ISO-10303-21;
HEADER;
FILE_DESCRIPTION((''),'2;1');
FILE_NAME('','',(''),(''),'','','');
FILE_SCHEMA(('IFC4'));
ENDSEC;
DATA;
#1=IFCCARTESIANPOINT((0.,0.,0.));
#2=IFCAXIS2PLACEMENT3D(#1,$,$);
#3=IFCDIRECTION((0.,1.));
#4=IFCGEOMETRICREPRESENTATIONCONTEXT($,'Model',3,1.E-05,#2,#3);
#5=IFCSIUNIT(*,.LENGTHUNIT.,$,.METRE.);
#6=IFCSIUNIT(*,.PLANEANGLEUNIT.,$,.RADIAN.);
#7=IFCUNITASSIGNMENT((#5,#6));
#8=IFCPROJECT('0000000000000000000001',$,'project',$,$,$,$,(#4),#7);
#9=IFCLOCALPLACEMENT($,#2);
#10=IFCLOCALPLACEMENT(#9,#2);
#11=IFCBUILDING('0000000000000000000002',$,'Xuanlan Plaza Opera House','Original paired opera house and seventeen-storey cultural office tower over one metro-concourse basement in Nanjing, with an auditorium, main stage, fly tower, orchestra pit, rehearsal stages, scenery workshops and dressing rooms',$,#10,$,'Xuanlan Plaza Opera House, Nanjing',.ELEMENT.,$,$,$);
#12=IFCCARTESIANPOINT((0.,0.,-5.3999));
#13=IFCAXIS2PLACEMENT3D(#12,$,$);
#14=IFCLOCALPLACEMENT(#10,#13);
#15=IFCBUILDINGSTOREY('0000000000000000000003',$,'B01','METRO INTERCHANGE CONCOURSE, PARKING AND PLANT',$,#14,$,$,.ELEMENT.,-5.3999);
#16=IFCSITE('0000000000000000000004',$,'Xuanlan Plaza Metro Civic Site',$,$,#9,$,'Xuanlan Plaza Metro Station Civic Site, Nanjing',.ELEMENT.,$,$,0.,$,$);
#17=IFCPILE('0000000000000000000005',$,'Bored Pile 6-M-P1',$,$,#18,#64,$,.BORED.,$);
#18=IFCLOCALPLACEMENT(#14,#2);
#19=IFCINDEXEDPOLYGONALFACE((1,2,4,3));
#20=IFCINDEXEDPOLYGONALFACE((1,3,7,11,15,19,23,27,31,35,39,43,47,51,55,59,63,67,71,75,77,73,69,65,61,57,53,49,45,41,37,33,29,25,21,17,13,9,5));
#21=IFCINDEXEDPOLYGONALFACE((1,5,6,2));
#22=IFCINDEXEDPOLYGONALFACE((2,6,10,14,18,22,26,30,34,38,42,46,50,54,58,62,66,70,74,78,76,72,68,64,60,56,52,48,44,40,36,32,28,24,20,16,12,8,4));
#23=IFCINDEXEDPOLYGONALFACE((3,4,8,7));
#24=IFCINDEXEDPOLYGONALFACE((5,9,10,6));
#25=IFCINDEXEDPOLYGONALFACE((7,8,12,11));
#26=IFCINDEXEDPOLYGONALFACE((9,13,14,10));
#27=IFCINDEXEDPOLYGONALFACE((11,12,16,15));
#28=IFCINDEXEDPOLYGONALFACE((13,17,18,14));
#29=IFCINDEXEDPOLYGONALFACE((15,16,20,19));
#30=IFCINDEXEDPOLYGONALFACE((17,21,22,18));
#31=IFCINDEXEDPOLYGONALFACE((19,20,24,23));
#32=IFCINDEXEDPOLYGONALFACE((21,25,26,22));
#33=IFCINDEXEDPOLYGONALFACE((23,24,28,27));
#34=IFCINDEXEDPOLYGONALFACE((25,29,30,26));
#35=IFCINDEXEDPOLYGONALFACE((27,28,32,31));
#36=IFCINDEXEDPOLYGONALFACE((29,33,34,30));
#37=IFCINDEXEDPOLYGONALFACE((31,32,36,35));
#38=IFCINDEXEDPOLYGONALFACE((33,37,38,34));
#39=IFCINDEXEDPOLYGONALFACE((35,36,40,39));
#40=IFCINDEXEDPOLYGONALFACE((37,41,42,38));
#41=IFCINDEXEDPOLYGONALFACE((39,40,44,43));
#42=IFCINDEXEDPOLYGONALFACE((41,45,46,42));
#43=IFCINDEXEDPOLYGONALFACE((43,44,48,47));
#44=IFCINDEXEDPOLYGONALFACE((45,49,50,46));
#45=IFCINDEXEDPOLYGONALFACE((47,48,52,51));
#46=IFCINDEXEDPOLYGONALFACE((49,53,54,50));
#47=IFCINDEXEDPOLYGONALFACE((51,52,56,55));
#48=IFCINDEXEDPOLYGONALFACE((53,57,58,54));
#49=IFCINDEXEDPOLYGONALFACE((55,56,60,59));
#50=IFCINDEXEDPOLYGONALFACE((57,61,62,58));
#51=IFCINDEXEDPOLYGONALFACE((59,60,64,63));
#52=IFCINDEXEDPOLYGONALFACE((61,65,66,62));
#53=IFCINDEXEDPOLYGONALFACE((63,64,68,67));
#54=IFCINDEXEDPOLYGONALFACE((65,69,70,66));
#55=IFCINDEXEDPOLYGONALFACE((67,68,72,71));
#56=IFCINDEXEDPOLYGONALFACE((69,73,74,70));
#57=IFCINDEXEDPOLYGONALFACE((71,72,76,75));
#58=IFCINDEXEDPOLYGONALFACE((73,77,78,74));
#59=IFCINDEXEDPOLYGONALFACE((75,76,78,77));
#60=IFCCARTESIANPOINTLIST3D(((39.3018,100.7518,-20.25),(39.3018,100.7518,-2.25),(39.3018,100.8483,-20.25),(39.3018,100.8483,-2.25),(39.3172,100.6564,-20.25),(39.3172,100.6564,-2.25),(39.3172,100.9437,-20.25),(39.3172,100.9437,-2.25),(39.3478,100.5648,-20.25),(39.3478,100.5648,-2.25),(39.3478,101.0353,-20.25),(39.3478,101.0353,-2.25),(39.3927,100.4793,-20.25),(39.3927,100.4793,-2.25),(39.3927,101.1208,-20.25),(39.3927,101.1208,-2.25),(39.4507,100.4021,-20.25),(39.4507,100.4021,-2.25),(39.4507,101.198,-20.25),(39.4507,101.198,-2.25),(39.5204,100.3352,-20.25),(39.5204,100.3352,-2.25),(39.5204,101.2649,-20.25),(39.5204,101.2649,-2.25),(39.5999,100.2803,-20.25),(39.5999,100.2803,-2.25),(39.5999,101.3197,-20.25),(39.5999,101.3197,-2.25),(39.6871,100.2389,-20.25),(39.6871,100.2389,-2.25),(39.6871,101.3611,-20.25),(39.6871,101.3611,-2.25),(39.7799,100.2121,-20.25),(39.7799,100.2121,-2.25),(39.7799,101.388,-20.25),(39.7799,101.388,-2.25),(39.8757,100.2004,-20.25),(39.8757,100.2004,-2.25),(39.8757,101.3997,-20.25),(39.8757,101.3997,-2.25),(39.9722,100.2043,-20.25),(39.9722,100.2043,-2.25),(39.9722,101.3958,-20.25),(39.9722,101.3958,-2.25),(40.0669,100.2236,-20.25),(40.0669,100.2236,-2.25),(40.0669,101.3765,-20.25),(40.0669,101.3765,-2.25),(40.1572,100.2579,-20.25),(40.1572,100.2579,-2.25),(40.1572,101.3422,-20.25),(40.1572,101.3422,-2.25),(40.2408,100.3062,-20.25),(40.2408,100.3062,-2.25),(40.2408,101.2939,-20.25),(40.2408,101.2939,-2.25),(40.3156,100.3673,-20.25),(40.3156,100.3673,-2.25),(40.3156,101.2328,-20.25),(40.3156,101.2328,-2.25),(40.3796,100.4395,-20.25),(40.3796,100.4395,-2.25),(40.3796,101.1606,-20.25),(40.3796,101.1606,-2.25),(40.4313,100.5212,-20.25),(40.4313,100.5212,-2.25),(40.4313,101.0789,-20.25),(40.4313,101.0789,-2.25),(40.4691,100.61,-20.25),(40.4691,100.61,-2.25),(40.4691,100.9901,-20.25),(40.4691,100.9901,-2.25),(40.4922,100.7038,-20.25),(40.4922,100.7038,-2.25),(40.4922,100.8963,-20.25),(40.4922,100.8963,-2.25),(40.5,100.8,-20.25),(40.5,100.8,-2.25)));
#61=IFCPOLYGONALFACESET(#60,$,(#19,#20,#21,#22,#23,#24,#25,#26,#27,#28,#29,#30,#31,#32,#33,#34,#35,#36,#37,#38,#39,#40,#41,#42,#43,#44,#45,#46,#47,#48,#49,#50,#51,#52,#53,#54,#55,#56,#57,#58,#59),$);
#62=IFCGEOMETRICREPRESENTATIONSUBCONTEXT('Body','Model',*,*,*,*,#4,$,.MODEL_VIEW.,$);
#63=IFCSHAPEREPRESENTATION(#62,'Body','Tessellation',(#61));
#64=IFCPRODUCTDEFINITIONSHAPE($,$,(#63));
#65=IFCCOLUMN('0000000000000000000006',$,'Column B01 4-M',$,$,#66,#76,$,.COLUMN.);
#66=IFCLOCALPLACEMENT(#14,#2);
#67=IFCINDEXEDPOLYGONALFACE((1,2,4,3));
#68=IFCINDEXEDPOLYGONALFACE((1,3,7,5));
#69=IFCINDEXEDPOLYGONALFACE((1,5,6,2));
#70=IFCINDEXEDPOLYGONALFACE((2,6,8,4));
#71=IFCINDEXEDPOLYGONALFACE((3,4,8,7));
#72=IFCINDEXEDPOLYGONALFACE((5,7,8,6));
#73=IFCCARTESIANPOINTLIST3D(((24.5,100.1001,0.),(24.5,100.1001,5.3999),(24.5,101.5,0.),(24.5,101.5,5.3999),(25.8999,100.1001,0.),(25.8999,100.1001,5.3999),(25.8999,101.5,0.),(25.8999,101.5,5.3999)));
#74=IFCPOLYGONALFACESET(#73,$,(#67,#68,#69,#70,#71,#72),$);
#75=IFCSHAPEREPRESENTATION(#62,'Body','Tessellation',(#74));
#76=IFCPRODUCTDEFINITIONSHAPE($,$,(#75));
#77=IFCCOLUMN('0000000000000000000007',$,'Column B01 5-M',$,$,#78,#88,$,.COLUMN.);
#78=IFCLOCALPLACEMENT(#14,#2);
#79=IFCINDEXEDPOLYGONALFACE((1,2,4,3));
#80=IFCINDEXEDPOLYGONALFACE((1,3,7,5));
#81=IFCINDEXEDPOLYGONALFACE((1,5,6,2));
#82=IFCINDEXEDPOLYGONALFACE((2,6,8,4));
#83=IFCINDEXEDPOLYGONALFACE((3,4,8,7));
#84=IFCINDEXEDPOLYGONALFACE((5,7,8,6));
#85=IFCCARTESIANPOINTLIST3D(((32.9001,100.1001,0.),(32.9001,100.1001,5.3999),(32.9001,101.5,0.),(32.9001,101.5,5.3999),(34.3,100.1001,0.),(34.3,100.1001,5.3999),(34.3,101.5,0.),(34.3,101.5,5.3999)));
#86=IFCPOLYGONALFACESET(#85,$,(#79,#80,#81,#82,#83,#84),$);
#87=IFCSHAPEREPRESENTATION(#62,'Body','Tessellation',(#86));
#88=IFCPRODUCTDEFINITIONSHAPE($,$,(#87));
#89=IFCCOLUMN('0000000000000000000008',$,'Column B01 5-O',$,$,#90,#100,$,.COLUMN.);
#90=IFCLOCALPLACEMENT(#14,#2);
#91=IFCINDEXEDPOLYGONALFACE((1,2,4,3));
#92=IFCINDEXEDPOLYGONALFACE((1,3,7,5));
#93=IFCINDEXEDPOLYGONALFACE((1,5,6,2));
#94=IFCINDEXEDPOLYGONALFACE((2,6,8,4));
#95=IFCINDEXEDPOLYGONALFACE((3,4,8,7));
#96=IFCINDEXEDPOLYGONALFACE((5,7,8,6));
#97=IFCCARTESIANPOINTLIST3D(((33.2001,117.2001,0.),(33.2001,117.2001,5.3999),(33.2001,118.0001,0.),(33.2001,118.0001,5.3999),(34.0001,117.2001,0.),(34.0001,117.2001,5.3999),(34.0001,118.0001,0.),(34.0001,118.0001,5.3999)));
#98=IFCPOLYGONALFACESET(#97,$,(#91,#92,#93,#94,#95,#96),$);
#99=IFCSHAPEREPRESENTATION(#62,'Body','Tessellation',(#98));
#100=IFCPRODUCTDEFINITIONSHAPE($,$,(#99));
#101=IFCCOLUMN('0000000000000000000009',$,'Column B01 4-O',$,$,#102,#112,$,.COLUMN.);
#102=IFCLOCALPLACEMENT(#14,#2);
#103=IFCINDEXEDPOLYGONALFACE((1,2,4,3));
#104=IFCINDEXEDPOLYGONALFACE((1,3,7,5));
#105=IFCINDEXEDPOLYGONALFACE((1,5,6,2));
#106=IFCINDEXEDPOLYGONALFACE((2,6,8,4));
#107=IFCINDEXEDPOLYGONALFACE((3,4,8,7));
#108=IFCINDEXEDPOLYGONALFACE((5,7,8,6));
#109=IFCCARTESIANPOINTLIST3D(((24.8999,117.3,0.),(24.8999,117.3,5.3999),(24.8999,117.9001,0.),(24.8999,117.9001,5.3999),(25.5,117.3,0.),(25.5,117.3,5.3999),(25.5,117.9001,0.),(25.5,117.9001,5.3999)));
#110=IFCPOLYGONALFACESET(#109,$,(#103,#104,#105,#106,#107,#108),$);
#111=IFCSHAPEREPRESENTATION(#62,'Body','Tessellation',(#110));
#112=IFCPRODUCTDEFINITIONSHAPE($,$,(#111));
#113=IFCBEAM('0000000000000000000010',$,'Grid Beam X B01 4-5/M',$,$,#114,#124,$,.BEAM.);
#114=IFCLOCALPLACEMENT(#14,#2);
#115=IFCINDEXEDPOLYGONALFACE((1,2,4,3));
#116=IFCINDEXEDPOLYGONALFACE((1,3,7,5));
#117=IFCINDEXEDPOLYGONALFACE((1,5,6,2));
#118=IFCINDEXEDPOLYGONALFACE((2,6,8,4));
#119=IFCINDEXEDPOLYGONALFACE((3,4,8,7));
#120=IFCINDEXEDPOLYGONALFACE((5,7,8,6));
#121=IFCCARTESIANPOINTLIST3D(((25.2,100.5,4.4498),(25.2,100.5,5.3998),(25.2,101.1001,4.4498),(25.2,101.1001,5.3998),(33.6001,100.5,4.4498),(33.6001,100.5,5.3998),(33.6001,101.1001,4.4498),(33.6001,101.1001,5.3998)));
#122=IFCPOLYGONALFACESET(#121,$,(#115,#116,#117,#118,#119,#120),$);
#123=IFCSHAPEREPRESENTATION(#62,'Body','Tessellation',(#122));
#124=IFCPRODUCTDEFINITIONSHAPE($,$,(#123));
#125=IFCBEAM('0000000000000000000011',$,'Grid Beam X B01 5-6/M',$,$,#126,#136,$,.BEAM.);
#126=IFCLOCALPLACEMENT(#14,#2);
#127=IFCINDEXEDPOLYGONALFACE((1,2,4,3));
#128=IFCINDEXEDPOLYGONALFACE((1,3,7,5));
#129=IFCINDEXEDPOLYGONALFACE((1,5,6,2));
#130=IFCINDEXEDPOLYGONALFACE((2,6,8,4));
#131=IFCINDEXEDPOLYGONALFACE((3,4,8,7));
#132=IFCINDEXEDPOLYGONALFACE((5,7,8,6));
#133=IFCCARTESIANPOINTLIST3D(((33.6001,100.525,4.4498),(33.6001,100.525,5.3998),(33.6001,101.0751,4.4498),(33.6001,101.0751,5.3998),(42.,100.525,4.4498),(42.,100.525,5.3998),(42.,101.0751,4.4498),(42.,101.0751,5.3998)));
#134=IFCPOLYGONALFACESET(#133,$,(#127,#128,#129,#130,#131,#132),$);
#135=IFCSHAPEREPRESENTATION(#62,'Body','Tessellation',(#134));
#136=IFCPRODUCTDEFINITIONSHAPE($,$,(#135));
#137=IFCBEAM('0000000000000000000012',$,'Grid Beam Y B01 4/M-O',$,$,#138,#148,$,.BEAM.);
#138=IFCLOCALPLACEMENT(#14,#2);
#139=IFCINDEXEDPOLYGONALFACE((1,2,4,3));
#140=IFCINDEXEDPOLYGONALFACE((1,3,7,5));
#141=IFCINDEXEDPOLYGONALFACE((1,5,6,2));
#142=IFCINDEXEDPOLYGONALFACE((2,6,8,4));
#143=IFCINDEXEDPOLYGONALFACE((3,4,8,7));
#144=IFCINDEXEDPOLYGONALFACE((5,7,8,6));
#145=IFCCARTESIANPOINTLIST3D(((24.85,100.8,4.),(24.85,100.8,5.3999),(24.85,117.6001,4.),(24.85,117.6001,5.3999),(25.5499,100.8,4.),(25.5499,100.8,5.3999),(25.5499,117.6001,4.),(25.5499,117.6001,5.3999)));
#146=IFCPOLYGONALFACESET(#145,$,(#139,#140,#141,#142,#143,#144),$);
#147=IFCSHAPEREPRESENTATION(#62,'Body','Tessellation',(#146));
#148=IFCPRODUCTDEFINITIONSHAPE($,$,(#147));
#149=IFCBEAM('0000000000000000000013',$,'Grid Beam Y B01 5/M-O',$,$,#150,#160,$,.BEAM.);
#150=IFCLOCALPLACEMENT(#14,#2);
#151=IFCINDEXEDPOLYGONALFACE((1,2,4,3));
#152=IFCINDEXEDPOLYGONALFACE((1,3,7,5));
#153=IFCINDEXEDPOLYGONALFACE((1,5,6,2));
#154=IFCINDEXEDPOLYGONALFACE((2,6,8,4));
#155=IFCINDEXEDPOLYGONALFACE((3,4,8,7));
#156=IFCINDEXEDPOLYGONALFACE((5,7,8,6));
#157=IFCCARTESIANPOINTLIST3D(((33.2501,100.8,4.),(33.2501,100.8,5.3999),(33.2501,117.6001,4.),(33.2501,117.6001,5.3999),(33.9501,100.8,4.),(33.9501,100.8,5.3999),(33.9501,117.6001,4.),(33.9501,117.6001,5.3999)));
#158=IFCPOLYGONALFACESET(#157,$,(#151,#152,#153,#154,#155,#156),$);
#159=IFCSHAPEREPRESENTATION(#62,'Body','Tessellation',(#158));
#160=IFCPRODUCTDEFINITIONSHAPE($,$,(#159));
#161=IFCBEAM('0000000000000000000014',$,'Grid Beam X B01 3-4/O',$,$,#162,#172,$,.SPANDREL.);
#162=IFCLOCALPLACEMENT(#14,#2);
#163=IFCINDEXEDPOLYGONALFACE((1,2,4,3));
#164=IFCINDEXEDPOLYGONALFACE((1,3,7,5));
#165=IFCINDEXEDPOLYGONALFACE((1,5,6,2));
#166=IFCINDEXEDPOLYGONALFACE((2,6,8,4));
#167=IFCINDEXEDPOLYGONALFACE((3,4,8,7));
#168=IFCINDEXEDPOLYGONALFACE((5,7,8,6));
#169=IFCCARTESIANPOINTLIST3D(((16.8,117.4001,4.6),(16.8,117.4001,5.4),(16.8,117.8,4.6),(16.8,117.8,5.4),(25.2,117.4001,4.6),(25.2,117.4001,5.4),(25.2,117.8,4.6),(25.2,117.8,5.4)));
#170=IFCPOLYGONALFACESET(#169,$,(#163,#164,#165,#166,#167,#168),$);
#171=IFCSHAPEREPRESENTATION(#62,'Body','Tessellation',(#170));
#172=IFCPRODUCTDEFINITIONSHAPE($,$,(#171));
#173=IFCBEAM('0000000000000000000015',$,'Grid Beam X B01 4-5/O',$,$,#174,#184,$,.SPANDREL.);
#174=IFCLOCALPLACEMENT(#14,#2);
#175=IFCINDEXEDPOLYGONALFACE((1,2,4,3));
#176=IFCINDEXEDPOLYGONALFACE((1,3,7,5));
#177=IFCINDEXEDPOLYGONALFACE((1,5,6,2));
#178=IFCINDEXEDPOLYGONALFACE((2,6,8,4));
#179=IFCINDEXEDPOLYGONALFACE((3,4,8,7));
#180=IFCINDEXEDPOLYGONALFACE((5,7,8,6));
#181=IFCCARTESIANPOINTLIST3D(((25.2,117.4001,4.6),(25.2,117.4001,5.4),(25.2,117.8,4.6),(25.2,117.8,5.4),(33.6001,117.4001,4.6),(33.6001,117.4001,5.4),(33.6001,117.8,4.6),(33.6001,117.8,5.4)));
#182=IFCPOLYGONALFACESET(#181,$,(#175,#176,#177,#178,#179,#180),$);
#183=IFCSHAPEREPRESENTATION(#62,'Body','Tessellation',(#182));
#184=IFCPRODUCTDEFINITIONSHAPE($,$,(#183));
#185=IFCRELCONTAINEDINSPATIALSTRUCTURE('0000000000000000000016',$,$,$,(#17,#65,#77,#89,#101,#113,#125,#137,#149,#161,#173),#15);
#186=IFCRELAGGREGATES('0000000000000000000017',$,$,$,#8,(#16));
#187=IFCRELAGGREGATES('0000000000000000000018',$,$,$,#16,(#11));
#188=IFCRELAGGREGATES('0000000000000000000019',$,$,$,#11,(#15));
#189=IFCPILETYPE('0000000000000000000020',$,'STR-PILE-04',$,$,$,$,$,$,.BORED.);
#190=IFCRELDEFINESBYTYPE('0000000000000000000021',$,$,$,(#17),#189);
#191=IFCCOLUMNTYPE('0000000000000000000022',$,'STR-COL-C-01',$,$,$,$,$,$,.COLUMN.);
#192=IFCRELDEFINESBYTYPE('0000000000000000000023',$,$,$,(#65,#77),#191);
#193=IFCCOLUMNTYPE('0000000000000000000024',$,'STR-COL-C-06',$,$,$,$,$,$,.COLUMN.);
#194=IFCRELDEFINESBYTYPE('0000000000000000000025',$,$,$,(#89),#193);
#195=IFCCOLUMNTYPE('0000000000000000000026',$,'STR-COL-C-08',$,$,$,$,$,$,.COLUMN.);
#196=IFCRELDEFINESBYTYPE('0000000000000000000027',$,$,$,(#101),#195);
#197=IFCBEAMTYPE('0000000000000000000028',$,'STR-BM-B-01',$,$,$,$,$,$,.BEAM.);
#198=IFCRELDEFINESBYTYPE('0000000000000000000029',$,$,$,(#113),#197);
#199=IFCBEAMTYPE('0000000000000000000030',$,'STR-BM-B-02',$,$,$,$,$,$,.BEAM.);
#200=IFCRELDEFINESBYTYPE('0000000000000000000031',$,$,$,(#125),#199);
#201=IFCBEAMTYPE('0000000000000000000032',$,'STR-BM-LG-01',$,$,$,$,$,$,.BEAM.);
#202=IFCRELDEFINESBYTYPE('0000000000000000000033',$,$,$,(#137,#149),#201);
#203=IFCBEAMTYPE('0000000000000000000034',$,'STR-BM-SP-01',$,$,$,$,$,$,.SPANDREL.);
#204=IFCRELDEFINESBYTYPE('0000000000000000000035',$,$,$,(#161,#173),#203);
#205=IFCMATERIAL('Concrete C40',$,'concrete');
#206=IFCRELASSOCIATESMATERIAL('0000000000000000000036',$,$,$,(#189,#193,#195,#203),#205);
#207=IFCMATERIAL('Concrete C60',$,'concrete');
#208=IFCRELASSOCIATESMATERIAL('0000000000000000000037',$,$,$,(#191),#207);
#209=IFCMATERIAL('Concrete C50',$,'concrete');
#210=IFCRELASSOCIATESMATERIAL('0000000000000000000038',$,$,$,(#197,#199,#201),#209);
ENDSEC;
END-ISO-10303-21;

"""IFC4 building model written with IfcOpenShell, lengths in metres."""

from ifc_helpers import new_model, si_unit, direction, frame, origin, origin_2d, place, context, subcontext, project, spatial, rectangle, circle, extrude, material, material_profile, profile_set, type_object, element, save


model = new_model("IFC4")

# Units and contexts
model_context = context("Model", 3, precision=1e-05, world=origin(), true_north=direction((0.0, 1.0)))
body_context = subcontext(model_context, "Body", "Model", "MODEL_VIEW")
ifc_project = project(units=[si_unit("LENGTHUNIT", "METRE"), si_unit("PLANEANGLEUNIT", "RADIAN")], contexts=[model_context])

# Site, building, storey
site_placement = place(None, origin())
site = spatial("IfcSite", under=ifc_project, at=site_placement, Name="Xuanlan Plaza Metro Civic Site", LongName="Xuanlan Plaza Metro Station Civic Site, Nanjing", CompositionType="ELEMENT", RefElevation=0.0)
building_placement = place(site_placement, origin())
building = spatial("IfcBuilding", under=site, at=building_placement, Name="Xuanlan Plaza Opera House", Description="Original paired opera house and seventeen-storey cultural office tower over one metro-concourse basement in Nanjing, with an auditorium, main stage, fly tower, orchestra pit, rehearsal stages, scenery workshops and dressing rooms", LongName="Xuanlan Plaza Opera House, Nanjing", CompositionType="ELEMENT")
storey_placement = place(building_placement, frame((0.0, 0.0, -5.3999)))
storey = spatial("IfcBuildingStorey", under=building, at=storey_placement, Name="B01", Description="METRO INTERCHANGE CONCOURSE, PARKING AND PLANT", CompositionType="ELEMENT", Elevation=-5.3999)

# Shared definitions
ifc_material_1 = material(Name="Concrete C50", Category="concrete")
ifc_material_2 = material(Name="Concrete C40", Category="concrete")

# Pile
ifc_material_profile_1 = material_profile(ifc_material_2, circle(Radius=0.6001, at=origin_2d()), Name="PILE D1200")
ifc_profile_set_1 = profile_set([ifc_material_profile_1], Name="Concrete C40")
pile_type = type_object("IfcPileType", Name="STR-PILE-04", PredefinedType="BORED", material=ifc_profile_set_1)
for number, where, z_axis, x_axis, name in (
    (1, (39.8999, 100.8, -2.25), (0.0, 0.0, -1.0), (1.0, 0.0, 0.0), "Bored Pile 6-M-P1"),
):
    element("IfcPile", number, at=place(storey_placement, frame(where, z_axis=z_axis, x_axis=x_axis)), inside=storey, type_object=pile_type, Name=name, PredefinedType="BORED", context=body_context, shape_type="SweptSolid", body=[
        extrude(circle(Radius=0.6001, at=origin_2d()), origin(), (0.0, 0.0, 1.0), 18.0),
    ])

# Columns
ifc_material_3 = material(Name="Concrete C60", Category="concrete")
ifc_material_profile_2 = material_profile(ifc_material_3, rectangle(XDim=1.3999, YDim=1.3999, at=origin_2d()), Name="RC-COL 1400x1400")
ifc_profile_set_2 = profile_set([ifc_material_profile_2], Name="Concrete C60")
column_type_1 = type_object("IfcColumnType", Name="STR-COL-C-01", PredefinedType="COLUMN", material=ifc_profile_set_2)
for number, where, z_axis, x_axis, name in (
    (2, (25.2, 100.8, 0.0), (0.0, 0.0, 1.0), (1.0, 0.0, 0.0), "Column B01 4-M"),
    (3, (33.6001, 100.8, 0.0), (0.0, 0.0, 1.0), (1.0, 0.0, 0.0), "Column B01 5-M"),
):
    element("IfcColumn", number, at=place(storey_placement, frame(where, z_axis=z_axis, x_axis=x_axis)), inside=storey, type_object=column_type_1, Name=name, PredefinedType="COLUMN", context=body_context, shape_type="SweptSolid", body=[
        extrude(rectangle(XDim=1.3999, YDim=1.3999, at=origin_2d()), origin(), (0.0, 0.0, 1.0), 5.3999),
    ])
ifc_material_profile_3 = material_profile(ifc_material_2, rectangle(XDim=0.8, YDim=0.8, at=origin_2d()), Name="RC-COL 800x800")
ifc_profile_set_3 = profile_set([ifc_material_profile_3], Name="Concrete C40")
column_type_2 = type_object("IfcColumnType", Name="STR-COL-C-06", PredefinedType="COLUMN", material=ifc_profile_set_3)
column_1_placement = place(storey_placement, frame((33.6001, 117.6001, 0.0), z_axis=(0.0, 0.0, 1.0), x_axis=(1.0, 0.0, 0.0)))
element("IfcColumn", 4, at=column_1_placement, inside=storey, type_object=column_type_2, Name="Column B01 5-O", PredefinedType="COLUMN", context=body_context, shape_type="SweptSolid", body=[
    extrude(rectangle(XDim=0.8, YDim=0.8, at=origin_2d()), origin(), (0.0, 0.0, 1.0), 5.3999),
])
ifc_material_profile_4 = material_profile(ifc_material_2, rectangle(XDim=0.6001, YDim=0.6001, at=origin_2d()), Name="RC-COL 600x600")
ifc_profile_set_4 = profile_set([ifc_material_profile_4], Name="Concrete C40")
column_type_3 = type_object("IfcColumnType", Name="STR-COL-C-08", PredefinedType="COLUMN", material=ifc_profile_set_4)
column_2_placement = place(storey_placement, frame((25.2, 117.6001, 0.0), z_axis=(0.0, 0.0, 1.0), x_axis=(1.0, 0.0, 0.0)))
element("IfcColumn", 5, at=column_2_placement, inside=storey, type_object=column_type_3, Name="Column B01 4-O", PredefinedType="COLUMN", context=body_context, shape_type="SweptSolid", body=[
    extrude(rectangle(XDim=0.6001, YDim=0.6001, at=origin_2d()), origin(), (0.0, 0.0, 1.0), 5.3999),
])

# Beams
ifc_material_profile_5 = material_profile(ifc_material_1, rectangle(XDim=0.6001, YDim=0.95, at=origin_2d()), Name="RC-BM 600x950")
ifc_profile_set_5 = profile_set([ifc_material_profile_5], Name="Concrete C50")
beam_type_1 = type_object("IfcBeamType", Name="STR-BM-B-01", PredefinedType="BEAM", material=ifc_profile_set_5)
beam_1_placement = place(storey_placement, frame((25.2, 100.8, 4.9248), z_axis=(1.0, 0.0, 0.0), x_axis=(0.0, 1.0, 0.0)))
element("IfcBeam", 6, at=beam_1_placement, inside=storey, type_object=beam_type_1, Name="Grid Beam X B01 4-5/M", PredefinedType="BEAM", context=body_context, shape_type="SweptSolid", body=[
    extrude(rectangle(XDim=0.6001, YDim=0.95, at=origin_2d()), origin(), (0.0, 0.0, 1.0), 8.4001),
])
ifc_material_profile_6 = material_profile(ifc_material_1, rectangle(XDim=0.55, YDim=0.95, at=origin_2d()), Name="RC-BM 550x950")
ifc_profile_set_6 = profile_set([ifc_material_profile_6], Name="Concrete C50")
beam_type_2 = type_object("IfcBeamType", Name="STR-BM-B-02", PredefinedType="BEAM", material=ifc_profile_set_6)
beam_2_placement = place(storey_placement, frame((33.6001, 100.8, 4.9248), z_axis=(1.0, 0.0, 0.0), x_axis=(0.0, 1.0, 0.0)))
element("IfcBeam", 7, at=beam_2_placement, inside=storey, type_object=beam_type_2, Name="Grid Beam X B01 5-6/M", PredefinedType="BEAM", context=body_context, shape_type="SweptSolid", body=[
    extrude(rectangle(XDim=0.55, YDim=0.95, at=origin_2d()), origin(), (0.0, 0.0, 1.0), 8.3999),
])
ifc_material_profile_7 = material_profile(ifc_material_1, rectangle(XDim=0.7, YDim=1.3999, at=origin_2d()), Name="RC-LG 700x1400")
ifc_profile_set_7 = profile_set([ifc_material_profile_7], Name="Concrete C50")
beam_type_3 = type_object("IfcBeamType", Name="STR-BM-LG-01", PredefinedType="BEAM", material=ifc_profile_set_7)
for number, where, z_axis, x_axis, name in (
    (8, (25.2, 100.8, 4.7), (0.0, 1.0, 0.0), (-1.0, 0.0, 0.0), "Grid Beam Y B01 4/M-O"),
    (9, (33.6001, 100.8, 4.7), (0.0, 1.0, 0.0), (-1.0, 0.0, 0.0), "Grid Beam Y B01 5/M-O"),
):
    element("IfcBeam", number, at=place(storey_placement, frame(where, z_axis=z_axis, x_axis=x_axis)), inside=storey, type_object=beam_type_3, Name=name, PredefinedType="BEAM", context=body_context, shape_type="SweptSolid", body=[
        extrude(rectangle(XDim=0.7, YDim=1.3999, at=origin_2d()), origin(), (0.0, 0.0, 1.0), 16.8),
    ])
ifc_material_profile_8 = material_profile(ifc_material_2, rectangle(XDim=0.3999, YDim=0.8, at=origin_2d()), Name="RC-SPD 400x800")
ifc_profile_set_8 = profile_set([ifc_material_profile_8], Name="Concrete C40")
beam_type_4 = type_object("IfcBeamType", Name="STR-BM-SP-01", PredefinedType="SPANDREL", material=ifc_profile_set_8)
beam_3_placement = place(storey_placement, frame((16.8, 117.6001, 5.0), z_axis=(1.0, 0.0, 0.0), x_axis=(0.0, 1.0, 0.0)))
element("IfcBeam", 10, at=beam_3_placement, inside=storey, type_object=beam_type_4, Name="Grid Beam X B01 3-4/O", PredefinedType="SPANDREL", context=body_context, shape_type="SweptSolid", body=[
    extrude(rectangle(XDim=0.3999, YDim=0.8, at=origin_2d()), origin(), (0.0, 0.0, 1.0), 8.3999),
])
beam_4_placement = place(storey_placement, frame((25.2, 117.6001, 5.0), z_axis=(1.0, 0.0, 0.0), x_axis=(0.0, 1.0, 0.0)))
element("IfcBeam", 11, at=beam_4_placement, inside=storey, type_object=beam_type_4, Name="Grid Beam X B01 4-5/O", PredefinedType="SPANDREL", context=body_context, shape_type="SweptSolid", body=[
    extrude(rectangle(XDim=0.3999, YDim=0.8, at=origin_2d()), origin(), (0.0, 0.0, 1.0), 8.4001),
])

save(model, "model.ifc")
